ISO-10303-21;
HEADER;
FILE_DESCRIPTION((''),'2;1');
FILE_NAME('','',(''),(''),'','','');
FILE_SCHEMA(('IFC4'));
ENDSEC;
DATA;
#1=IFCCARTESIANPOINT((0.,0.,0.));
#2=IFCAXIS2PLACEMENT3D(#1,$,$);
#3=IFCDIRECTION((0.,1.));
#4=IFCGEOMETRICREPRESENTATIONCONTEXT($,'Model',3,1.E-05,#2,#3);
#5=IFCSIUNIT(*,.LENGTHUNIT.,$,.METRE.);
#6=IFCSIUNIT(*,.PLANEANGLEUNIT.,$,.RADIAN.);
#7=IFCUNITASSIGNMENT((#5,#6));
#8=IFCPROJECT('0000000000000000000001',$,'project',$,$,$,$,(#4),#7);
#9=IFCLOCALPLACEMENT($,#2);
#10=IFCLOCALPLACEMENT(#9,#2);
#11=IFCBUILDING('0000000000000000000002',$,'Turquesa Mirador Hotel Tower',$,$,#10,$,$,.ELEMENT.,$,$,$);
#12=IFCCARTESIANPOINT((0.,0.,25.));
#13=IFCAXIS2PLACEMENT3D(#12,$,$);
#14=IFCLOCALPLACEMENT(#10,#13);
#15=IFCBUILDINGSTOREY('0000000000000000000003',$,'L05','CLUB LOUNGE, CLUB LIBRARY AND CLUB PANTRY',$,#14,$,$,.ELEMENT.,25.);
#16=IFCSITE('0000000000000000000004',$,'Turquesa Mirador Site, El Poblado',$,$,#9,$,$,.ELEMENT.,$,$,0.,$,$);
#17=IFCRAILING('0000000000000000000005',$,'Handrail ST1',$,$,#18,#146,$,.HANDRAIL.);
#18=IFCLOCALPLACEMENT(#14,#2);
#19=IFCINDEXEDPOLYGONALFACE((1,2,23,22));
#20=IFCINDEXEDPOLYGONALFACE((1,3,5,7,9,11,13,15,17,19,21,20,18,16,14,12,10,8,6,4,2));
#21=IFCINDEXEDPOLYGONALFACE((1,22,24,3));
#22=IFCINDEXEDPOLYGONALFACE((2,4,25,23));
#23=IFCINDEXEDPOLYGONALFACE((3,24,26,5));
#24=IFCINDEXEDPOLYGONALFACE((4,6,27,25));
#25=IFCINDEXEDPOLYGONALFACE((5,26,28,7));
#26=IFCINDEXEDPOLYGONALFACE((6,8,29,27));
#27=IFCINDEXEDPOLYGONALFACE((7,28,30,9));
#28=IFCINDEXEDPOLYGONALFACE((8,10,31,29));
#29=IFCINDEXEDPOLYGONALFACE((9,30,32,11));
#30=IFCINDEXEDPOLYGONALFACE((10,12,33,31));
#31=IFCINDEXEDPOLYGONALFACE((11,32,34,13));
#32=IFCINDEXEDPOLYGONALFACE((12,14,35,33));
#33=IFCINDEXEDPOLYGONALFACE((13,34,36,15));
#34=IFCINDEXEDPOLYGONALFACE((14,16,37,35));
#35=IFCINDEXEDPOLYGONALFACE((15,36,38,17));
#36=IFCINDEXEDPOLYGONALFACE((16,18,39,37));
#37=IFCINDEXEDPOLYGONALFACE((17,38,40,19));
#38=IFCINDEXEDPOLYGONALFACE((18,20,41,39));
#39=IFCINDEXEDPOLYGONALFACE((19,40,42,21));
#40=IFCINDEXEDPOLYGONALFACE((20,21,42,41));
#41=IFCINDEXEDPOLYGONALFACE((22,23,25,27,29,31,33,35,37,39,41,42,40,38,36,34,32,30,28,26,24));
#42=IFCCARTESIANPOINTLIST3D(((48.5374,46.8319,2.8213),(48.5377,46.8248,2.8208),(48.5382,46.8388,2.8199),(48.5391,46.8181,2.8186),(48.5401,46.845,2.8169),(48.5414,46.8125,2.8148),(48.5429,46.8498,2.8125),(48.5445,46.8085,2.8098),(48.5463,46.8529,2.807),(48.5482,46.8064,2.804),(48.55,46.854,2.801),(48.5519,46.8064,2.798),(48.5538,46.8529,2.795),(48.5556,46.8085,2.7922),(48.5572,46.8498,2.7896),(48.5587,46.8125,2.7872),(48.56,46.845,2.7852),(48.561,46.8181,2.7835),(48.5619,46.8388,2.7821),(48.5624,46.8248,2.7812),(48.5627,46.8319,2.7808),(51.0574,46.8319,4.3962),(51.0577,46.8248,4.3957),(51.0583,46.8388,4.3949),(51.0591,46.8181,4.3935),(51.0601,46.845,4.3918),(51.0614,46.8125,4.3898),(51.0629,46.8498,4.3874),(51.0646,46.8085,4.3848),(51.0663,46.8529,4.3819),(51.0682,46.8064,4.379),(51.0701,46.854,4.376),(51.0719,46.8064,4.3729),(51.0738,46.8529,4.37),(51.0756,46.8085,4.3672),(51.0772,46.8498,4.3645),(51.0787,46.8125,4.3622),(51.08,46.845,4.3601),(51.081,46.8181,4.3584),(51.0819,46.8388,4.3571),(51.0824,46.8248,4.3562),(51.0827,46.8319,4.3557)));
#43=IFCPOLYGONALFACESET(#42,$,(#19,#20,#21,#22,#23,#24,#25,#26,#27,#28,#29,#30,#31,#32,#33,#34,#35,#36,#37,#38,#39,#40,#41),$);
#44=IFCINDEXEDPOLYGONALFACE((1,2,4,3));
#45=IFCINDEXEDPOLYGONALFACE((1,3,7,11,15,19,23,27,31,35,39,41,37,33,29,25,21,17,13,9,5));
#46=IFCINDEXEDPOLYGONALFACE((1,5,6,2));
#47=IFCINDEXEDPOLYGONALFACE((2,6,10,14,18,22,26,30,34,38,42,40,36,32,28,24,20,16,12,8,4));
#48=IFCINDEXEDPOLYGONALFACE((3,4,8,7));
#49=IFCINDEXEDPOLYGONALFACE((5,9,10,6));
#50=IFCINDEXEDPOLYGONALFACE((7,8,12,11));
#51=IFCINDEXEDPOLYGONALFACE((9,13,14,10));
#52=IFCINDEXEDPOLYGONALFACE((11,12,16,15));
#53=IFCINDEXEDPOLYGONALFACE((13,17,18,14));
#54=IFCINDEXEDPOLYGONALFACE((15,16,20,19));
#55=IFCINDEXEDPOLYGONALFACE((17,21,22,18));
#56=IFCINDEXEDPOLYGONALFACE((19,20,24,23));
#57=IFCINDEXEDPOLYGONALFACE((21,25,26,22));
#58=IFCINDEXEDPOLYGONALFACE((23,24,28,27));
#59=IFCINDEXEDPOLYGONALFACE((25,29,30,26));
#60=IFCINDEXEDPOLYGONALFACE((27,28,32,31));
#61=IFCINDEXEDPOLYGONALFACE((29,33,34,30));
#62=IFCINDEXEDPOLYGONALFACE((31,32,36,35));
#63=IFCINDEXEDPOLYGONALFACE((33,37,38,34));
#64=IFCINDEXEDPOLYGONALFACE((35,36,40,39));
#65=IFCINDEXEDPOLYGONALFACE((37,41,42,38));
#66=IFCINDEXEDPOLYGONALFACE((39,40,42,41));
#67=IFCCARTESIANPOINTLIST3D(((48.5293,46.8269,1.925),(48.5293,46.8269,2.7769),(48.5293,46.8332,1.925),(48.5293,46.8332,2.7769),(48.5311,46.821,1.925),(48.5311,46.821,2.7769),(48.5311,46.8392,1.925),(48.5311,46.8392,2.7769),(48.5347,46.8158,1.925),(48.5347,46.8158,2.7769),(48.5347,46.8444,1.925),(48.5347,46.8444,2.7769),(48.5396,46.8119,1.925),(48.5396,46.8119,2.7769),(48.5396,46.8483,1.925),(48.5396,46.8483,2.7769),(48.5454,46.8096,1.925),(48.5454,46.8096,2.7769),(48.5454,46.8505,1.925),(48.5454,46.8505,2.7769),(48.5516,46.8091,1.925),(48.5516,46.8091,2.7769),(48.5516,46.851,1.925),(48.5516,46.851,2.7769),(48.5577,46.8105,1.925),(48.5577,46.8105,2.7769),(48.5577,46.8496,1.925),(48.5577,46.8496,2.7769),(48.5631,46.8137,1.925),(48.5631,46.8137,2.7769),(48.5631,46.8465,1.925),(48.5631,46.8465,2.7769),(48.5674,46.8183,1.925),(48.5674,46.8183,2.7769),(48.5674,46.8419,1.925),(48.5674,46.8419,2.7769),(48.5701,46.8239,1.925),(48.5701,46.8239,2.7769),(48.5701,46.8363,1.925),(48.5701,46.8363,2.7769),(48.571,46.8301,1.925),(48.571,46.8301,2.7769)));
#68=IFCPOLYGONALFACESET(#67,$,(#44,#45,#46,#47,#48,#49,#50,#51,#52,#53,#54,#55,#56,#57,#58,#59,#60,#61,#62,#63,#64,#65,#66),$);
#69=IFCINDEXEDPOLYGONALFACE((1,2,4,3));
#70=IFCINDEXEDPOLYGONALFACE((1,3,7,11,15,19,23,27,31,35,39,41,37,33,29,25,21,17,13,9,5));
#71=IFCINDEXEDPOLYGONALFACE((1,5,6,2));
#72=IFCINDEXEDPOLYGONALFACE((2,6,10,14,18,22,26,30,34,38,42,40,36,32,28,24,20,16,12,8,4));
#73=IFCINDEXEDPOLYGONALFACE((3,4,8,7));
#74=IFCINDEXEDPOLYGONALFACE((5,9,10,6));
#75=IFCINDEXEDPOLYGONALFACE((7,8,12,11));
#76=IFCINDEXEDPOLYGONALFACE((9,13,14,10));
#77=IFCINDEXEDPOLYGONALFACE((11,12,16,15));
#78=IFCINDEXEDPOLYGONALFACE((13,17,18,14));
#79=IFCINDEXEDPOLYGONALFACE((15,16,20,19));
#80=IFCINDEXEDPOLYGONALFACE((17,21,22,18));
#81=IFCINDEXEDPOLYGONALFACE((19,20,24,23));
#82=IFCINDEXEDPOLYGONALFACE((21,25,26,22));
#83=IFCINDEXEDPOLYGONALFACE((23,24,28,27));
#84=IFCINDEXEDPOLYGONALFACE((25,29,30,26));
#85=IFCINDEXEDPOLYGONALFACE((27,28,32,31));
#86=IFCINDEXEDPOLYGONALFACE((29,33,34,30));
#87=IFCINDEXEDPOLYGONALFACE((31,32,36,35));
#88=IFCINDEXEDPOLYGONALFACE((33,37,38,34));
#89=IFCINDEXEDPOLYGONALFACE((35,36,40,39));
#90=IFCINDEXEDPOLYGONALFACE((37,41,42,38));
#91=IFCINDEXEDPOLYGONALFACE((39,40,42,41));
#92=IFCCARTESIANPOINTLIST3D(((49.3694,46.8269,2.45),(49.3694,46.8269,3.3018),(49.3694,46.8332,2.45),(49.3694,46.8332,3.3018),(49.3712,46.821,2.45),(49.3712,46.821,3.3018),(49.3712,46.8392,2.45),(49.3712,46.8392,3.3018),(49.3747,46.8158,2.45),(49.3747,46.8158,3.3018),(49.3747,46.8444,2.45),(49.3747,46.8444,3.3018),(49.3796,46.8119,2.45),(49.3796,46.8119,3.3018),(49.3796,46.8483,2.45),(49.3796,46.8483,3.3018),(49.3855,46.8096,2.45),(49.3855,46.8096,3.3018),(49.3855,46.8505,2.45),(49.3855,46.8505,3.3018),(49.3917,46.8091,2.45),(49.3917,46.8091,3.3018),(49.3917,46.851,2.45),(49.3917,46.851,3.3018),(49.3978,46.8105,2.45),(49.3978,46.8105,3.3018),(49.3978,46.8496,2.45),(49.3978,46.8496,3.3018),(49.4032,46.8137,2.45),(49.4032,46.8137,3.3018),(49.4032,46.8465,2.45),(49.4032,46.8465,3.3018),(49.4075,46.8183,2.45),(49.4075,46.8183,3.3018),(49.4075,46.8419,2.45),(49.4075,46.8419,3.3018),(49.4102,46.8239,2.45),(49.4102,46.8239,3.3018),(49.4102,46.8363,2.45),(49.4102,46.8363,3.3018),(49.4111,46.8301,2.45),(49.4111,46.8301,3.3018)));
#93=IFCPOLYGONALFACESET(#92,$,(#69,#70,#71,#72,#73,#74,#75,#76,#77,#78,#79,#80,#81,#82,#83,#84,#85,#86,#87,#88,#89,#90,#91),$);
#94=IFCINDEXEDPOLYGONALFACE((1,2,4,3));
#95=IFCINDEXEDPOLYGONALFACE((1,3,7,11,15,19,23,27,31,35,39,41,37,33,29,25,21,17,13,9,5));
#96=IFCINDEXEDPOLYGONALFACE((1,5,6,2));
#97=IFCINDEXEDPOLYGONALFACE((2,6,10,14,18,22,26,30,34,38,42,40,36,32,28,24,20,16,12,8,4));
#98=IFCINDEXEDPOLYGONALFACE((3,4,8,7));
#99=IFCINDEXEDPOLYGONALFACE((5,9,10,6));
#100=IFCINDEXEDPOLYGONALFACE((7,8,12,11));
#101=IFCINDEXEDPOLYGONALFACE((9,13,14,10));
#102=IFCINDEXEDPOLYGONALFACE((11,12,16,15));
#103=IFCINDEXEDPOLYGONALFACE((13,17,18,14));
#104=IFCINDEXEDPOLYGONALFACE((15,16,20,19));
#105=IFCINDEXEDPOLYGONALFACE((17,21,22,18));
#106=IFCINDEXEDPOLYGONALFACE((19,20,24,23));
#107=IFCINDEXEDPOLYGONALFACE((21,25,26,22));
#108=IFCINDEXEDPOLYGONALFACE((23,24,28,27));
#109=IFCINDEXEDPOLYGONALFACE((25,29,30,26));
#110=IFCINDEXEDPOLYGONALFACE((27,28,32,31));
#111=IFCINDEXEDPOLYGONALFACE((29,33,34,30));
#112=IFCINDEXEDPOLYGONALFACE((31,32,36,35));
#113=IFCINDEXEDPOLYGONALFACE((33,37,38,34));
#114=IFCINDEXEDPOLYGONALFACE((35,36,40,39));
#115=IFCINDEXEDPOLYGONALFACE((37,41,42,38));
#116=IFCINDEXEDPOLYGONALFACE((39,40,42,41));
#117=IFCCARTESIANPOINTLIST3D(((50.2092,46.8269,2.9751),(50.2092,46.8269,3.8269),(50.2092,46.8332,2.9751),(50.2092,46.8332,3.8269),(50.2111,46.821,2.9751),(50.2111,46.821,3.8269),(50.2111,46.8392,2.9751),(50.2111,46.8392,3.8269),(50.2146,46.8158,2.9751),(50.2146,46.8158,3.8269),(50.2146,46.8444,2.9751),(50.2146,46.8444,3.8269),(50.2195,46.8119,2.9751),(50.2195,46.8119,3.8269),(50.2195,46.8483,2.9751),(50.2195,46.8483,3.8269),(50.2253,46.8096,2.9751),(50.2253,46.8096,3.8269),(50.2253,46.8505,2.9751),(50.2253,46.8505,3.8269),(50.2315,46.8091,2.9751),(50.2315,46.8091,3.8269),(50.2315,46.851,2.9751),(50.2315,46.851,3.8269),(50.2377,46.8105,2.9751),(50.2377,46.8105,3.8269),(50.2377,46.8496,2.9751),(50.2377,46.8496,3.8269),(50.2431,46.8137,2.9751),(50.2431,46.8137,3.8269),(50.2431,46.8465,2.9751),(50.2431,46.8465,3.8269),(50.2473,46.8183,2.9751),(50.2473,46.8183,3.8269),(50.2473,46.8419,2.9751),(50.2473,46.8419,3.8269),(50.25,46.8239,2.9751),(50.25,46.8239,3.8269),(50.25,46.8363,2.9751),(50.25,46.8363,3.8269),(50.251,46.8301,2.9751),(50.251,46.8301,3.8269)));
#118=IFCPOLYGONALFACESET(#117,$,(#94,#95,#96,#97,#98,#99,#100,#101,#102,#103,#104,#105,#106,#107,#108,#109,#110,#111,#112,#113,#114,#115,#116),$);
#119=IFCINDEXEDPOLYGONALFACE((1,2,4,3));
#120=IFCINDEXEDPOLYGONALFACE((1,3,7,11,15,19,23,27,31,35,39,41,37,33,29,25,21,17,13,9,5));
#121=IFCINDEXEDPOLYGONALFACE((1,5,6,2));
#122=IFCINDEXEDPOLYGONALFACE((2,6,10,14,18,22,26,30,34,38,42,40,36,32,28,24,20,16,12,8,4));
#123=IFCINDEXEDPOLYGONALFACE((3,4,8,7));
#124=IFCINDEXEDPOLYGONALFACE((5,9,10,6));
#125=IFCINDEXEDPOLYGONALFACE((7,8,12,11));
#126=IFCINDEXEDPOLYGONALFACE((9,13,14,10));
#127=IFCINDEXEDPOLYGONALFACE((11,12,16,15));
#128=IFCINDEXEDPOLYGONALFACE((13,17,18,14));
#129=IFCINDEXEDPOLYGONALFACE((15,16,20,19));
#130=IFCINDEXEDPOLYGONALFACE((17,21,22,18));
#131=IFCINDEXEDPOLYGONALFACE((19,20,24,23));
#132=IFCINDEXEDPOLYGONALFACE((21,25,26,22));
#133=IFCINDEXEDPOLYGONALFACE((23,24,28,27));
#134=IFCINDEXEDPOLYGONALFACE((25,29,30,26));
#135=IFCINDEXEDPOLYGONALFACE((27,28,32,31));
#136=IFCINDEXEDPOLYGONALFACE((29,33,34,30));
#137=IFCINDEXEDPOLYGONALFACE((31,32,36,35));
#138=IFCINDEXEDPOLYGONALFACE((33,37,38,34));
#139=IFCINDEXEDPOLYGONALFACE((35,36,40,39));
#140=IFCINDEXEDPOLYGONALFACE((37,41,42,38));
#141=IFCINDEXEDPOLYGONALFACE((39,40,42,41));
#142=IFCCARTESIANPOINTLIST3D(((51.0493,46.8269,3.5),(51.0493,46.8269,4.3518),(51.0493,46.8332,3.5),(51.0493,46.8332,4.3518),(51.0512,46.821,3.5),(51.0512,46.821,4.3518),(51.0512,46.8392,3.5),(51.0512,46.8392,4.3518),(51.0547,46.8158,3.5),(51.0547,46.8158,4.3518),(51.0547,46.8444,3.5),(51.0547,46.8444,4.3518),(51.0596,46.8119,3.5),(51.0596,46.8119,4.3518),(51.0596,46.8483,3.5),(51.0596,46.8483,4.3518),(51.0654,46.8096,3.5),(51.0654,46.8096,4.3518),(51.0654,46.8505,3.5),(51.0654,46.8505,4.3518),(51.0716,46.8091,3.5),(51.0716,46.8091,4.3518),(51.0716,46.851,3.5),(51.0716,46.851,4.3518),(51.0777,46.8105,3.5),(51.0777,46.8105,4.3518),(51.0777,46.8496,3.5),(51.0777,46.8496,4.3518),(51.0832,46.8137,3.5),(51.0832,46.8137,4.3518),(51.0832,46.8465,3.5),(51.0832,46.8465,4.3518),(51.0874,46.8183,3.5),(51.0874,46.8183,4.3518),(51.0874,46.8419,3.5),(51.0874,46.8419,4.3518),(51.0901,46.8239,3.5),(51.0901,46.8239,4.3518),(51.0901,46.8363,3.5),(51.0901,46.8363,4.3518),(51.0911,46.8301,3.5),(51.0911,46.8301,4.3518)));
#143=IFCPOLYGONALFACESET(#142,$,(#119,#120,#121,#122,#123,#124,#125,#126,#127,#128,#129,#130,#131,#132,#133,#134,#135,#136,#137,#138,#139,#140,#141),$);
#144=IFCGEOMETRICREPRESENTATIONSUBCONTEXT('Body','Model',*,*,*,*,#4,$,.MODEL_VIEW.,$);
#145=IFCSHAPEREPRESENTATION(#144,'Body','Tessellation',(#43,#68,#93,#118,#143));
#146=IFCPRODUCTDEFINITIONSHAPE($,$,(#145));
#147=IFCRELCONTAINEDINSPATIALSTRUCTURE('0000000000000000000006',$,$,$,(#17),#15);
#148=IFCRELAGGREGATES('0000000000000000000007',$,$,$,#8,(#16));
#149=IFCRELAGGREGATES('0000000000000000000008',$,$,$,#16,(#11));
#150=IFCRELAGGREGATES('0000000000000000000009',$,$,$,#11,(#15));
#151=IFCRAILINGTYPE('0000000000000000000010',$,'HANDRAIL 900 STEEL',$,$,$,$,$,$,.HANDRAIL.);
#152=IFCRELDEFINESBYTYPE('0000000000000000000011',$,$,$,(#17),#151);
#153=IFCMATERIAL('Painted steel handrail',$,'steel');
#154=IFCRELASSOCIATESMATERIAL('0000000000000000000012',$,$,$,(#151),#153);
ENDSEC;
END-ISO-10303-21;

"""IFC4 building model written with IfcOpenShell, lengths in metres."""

from ifc_helpers import new_model, si_unit, direction, frame, origin, origin_2d, place, context, subcontext, project, spatial, circle, extrude, material, type_object, element, save


model = new_model("IFC4")

# Units and contexts
model_context = context("Model", 3, precision=1e-05, world=origin(), true_north=direction((0.0, 1.0)))
body_context = subcontext(model_context, "Body", "Model", "MODEL_VIEW")
ifc_project = project(units=[si_unit("LENGTHUNIT", "METRE"), si_unit("PLANEANGLEUNIT", "RADIAN")], contexts=[model_context])

# Site, building, storey
site_placement = place(None, origin())
site = spatial("IfcSite", under=ifc_project, at=site_placement, Name="Turquesa Mirador Site, El Poblado", CompositionType="ELEMENT", RefElevation=0.0)
building_placement = place(site_placement, origin())
building = spatial("IfcBuilding", under=site, at=building_placement, Name="Turquesa Mirador Hotel Tower", CompositionType="ELEMENT")
storey_placement = place(building_placement, frame((0.0, 0.0, 25.0)))
storey = spatial("IfcBuildingStorey", under=building, at=storey_placement, Name="L05", Description="CLUB LOUNGE, CLUB LIBRARY AND CLUB PANTRY", CompositionType="ELEMENT", Elevation=25.0)

# Railing
ifc_material_1 = material(Name="Painted steel handrail", Category="steel")
railing_type = type_object("IfcRailingType", Name="HANDRAIL 900 STEEL", PredefinedType="HANDRAIL", material=ifc_material_1)
for number, where, name in (
    (1, (48.55, 46.8301, 1.925), "Handrail ST1"),
):
    element("IfcRailing", number, at=place(storey_placement, frame(where)), inside=storey, type_object=railing_type, Name=name, PredefinedType="HANDRAIL", context=body_context, shape_type="SweptSolid", body=[
        extrude(circle(Radius=0.0239, at=origin_2d()), frame((0.0, 0.0, 0.876), z_axis=(0.848008, 0.0, 0.529984), x_axis=(0.0, 1.0, 0.0)), (0.0, 0.0, 1.0), 2.9717),
        extrude(circle(Radius=0.021, at=origin_2d()), origin(), (0.0, 0.0, 1.0), 0.8518),
        extrude(circle(Radius=0.021, at=origin_2d()), frame((0.8401, 0.0, 0.5249)), (0.0, 0.0, 1.0), 0.8518),
        extrude(circle(Radius=0.021, at=origin_2d()), frame((1.6799, 0.0, 1.05)), (0.0, 0.0, 1.0), 0.8518),
        extrude(circle(Radius=0.021, at=origin_2d()), frame((2.52, 0.0, 1.575)), (0.0, 0.0, 1.0), 0.8518),
    ])

save(model, "model.ifc")
